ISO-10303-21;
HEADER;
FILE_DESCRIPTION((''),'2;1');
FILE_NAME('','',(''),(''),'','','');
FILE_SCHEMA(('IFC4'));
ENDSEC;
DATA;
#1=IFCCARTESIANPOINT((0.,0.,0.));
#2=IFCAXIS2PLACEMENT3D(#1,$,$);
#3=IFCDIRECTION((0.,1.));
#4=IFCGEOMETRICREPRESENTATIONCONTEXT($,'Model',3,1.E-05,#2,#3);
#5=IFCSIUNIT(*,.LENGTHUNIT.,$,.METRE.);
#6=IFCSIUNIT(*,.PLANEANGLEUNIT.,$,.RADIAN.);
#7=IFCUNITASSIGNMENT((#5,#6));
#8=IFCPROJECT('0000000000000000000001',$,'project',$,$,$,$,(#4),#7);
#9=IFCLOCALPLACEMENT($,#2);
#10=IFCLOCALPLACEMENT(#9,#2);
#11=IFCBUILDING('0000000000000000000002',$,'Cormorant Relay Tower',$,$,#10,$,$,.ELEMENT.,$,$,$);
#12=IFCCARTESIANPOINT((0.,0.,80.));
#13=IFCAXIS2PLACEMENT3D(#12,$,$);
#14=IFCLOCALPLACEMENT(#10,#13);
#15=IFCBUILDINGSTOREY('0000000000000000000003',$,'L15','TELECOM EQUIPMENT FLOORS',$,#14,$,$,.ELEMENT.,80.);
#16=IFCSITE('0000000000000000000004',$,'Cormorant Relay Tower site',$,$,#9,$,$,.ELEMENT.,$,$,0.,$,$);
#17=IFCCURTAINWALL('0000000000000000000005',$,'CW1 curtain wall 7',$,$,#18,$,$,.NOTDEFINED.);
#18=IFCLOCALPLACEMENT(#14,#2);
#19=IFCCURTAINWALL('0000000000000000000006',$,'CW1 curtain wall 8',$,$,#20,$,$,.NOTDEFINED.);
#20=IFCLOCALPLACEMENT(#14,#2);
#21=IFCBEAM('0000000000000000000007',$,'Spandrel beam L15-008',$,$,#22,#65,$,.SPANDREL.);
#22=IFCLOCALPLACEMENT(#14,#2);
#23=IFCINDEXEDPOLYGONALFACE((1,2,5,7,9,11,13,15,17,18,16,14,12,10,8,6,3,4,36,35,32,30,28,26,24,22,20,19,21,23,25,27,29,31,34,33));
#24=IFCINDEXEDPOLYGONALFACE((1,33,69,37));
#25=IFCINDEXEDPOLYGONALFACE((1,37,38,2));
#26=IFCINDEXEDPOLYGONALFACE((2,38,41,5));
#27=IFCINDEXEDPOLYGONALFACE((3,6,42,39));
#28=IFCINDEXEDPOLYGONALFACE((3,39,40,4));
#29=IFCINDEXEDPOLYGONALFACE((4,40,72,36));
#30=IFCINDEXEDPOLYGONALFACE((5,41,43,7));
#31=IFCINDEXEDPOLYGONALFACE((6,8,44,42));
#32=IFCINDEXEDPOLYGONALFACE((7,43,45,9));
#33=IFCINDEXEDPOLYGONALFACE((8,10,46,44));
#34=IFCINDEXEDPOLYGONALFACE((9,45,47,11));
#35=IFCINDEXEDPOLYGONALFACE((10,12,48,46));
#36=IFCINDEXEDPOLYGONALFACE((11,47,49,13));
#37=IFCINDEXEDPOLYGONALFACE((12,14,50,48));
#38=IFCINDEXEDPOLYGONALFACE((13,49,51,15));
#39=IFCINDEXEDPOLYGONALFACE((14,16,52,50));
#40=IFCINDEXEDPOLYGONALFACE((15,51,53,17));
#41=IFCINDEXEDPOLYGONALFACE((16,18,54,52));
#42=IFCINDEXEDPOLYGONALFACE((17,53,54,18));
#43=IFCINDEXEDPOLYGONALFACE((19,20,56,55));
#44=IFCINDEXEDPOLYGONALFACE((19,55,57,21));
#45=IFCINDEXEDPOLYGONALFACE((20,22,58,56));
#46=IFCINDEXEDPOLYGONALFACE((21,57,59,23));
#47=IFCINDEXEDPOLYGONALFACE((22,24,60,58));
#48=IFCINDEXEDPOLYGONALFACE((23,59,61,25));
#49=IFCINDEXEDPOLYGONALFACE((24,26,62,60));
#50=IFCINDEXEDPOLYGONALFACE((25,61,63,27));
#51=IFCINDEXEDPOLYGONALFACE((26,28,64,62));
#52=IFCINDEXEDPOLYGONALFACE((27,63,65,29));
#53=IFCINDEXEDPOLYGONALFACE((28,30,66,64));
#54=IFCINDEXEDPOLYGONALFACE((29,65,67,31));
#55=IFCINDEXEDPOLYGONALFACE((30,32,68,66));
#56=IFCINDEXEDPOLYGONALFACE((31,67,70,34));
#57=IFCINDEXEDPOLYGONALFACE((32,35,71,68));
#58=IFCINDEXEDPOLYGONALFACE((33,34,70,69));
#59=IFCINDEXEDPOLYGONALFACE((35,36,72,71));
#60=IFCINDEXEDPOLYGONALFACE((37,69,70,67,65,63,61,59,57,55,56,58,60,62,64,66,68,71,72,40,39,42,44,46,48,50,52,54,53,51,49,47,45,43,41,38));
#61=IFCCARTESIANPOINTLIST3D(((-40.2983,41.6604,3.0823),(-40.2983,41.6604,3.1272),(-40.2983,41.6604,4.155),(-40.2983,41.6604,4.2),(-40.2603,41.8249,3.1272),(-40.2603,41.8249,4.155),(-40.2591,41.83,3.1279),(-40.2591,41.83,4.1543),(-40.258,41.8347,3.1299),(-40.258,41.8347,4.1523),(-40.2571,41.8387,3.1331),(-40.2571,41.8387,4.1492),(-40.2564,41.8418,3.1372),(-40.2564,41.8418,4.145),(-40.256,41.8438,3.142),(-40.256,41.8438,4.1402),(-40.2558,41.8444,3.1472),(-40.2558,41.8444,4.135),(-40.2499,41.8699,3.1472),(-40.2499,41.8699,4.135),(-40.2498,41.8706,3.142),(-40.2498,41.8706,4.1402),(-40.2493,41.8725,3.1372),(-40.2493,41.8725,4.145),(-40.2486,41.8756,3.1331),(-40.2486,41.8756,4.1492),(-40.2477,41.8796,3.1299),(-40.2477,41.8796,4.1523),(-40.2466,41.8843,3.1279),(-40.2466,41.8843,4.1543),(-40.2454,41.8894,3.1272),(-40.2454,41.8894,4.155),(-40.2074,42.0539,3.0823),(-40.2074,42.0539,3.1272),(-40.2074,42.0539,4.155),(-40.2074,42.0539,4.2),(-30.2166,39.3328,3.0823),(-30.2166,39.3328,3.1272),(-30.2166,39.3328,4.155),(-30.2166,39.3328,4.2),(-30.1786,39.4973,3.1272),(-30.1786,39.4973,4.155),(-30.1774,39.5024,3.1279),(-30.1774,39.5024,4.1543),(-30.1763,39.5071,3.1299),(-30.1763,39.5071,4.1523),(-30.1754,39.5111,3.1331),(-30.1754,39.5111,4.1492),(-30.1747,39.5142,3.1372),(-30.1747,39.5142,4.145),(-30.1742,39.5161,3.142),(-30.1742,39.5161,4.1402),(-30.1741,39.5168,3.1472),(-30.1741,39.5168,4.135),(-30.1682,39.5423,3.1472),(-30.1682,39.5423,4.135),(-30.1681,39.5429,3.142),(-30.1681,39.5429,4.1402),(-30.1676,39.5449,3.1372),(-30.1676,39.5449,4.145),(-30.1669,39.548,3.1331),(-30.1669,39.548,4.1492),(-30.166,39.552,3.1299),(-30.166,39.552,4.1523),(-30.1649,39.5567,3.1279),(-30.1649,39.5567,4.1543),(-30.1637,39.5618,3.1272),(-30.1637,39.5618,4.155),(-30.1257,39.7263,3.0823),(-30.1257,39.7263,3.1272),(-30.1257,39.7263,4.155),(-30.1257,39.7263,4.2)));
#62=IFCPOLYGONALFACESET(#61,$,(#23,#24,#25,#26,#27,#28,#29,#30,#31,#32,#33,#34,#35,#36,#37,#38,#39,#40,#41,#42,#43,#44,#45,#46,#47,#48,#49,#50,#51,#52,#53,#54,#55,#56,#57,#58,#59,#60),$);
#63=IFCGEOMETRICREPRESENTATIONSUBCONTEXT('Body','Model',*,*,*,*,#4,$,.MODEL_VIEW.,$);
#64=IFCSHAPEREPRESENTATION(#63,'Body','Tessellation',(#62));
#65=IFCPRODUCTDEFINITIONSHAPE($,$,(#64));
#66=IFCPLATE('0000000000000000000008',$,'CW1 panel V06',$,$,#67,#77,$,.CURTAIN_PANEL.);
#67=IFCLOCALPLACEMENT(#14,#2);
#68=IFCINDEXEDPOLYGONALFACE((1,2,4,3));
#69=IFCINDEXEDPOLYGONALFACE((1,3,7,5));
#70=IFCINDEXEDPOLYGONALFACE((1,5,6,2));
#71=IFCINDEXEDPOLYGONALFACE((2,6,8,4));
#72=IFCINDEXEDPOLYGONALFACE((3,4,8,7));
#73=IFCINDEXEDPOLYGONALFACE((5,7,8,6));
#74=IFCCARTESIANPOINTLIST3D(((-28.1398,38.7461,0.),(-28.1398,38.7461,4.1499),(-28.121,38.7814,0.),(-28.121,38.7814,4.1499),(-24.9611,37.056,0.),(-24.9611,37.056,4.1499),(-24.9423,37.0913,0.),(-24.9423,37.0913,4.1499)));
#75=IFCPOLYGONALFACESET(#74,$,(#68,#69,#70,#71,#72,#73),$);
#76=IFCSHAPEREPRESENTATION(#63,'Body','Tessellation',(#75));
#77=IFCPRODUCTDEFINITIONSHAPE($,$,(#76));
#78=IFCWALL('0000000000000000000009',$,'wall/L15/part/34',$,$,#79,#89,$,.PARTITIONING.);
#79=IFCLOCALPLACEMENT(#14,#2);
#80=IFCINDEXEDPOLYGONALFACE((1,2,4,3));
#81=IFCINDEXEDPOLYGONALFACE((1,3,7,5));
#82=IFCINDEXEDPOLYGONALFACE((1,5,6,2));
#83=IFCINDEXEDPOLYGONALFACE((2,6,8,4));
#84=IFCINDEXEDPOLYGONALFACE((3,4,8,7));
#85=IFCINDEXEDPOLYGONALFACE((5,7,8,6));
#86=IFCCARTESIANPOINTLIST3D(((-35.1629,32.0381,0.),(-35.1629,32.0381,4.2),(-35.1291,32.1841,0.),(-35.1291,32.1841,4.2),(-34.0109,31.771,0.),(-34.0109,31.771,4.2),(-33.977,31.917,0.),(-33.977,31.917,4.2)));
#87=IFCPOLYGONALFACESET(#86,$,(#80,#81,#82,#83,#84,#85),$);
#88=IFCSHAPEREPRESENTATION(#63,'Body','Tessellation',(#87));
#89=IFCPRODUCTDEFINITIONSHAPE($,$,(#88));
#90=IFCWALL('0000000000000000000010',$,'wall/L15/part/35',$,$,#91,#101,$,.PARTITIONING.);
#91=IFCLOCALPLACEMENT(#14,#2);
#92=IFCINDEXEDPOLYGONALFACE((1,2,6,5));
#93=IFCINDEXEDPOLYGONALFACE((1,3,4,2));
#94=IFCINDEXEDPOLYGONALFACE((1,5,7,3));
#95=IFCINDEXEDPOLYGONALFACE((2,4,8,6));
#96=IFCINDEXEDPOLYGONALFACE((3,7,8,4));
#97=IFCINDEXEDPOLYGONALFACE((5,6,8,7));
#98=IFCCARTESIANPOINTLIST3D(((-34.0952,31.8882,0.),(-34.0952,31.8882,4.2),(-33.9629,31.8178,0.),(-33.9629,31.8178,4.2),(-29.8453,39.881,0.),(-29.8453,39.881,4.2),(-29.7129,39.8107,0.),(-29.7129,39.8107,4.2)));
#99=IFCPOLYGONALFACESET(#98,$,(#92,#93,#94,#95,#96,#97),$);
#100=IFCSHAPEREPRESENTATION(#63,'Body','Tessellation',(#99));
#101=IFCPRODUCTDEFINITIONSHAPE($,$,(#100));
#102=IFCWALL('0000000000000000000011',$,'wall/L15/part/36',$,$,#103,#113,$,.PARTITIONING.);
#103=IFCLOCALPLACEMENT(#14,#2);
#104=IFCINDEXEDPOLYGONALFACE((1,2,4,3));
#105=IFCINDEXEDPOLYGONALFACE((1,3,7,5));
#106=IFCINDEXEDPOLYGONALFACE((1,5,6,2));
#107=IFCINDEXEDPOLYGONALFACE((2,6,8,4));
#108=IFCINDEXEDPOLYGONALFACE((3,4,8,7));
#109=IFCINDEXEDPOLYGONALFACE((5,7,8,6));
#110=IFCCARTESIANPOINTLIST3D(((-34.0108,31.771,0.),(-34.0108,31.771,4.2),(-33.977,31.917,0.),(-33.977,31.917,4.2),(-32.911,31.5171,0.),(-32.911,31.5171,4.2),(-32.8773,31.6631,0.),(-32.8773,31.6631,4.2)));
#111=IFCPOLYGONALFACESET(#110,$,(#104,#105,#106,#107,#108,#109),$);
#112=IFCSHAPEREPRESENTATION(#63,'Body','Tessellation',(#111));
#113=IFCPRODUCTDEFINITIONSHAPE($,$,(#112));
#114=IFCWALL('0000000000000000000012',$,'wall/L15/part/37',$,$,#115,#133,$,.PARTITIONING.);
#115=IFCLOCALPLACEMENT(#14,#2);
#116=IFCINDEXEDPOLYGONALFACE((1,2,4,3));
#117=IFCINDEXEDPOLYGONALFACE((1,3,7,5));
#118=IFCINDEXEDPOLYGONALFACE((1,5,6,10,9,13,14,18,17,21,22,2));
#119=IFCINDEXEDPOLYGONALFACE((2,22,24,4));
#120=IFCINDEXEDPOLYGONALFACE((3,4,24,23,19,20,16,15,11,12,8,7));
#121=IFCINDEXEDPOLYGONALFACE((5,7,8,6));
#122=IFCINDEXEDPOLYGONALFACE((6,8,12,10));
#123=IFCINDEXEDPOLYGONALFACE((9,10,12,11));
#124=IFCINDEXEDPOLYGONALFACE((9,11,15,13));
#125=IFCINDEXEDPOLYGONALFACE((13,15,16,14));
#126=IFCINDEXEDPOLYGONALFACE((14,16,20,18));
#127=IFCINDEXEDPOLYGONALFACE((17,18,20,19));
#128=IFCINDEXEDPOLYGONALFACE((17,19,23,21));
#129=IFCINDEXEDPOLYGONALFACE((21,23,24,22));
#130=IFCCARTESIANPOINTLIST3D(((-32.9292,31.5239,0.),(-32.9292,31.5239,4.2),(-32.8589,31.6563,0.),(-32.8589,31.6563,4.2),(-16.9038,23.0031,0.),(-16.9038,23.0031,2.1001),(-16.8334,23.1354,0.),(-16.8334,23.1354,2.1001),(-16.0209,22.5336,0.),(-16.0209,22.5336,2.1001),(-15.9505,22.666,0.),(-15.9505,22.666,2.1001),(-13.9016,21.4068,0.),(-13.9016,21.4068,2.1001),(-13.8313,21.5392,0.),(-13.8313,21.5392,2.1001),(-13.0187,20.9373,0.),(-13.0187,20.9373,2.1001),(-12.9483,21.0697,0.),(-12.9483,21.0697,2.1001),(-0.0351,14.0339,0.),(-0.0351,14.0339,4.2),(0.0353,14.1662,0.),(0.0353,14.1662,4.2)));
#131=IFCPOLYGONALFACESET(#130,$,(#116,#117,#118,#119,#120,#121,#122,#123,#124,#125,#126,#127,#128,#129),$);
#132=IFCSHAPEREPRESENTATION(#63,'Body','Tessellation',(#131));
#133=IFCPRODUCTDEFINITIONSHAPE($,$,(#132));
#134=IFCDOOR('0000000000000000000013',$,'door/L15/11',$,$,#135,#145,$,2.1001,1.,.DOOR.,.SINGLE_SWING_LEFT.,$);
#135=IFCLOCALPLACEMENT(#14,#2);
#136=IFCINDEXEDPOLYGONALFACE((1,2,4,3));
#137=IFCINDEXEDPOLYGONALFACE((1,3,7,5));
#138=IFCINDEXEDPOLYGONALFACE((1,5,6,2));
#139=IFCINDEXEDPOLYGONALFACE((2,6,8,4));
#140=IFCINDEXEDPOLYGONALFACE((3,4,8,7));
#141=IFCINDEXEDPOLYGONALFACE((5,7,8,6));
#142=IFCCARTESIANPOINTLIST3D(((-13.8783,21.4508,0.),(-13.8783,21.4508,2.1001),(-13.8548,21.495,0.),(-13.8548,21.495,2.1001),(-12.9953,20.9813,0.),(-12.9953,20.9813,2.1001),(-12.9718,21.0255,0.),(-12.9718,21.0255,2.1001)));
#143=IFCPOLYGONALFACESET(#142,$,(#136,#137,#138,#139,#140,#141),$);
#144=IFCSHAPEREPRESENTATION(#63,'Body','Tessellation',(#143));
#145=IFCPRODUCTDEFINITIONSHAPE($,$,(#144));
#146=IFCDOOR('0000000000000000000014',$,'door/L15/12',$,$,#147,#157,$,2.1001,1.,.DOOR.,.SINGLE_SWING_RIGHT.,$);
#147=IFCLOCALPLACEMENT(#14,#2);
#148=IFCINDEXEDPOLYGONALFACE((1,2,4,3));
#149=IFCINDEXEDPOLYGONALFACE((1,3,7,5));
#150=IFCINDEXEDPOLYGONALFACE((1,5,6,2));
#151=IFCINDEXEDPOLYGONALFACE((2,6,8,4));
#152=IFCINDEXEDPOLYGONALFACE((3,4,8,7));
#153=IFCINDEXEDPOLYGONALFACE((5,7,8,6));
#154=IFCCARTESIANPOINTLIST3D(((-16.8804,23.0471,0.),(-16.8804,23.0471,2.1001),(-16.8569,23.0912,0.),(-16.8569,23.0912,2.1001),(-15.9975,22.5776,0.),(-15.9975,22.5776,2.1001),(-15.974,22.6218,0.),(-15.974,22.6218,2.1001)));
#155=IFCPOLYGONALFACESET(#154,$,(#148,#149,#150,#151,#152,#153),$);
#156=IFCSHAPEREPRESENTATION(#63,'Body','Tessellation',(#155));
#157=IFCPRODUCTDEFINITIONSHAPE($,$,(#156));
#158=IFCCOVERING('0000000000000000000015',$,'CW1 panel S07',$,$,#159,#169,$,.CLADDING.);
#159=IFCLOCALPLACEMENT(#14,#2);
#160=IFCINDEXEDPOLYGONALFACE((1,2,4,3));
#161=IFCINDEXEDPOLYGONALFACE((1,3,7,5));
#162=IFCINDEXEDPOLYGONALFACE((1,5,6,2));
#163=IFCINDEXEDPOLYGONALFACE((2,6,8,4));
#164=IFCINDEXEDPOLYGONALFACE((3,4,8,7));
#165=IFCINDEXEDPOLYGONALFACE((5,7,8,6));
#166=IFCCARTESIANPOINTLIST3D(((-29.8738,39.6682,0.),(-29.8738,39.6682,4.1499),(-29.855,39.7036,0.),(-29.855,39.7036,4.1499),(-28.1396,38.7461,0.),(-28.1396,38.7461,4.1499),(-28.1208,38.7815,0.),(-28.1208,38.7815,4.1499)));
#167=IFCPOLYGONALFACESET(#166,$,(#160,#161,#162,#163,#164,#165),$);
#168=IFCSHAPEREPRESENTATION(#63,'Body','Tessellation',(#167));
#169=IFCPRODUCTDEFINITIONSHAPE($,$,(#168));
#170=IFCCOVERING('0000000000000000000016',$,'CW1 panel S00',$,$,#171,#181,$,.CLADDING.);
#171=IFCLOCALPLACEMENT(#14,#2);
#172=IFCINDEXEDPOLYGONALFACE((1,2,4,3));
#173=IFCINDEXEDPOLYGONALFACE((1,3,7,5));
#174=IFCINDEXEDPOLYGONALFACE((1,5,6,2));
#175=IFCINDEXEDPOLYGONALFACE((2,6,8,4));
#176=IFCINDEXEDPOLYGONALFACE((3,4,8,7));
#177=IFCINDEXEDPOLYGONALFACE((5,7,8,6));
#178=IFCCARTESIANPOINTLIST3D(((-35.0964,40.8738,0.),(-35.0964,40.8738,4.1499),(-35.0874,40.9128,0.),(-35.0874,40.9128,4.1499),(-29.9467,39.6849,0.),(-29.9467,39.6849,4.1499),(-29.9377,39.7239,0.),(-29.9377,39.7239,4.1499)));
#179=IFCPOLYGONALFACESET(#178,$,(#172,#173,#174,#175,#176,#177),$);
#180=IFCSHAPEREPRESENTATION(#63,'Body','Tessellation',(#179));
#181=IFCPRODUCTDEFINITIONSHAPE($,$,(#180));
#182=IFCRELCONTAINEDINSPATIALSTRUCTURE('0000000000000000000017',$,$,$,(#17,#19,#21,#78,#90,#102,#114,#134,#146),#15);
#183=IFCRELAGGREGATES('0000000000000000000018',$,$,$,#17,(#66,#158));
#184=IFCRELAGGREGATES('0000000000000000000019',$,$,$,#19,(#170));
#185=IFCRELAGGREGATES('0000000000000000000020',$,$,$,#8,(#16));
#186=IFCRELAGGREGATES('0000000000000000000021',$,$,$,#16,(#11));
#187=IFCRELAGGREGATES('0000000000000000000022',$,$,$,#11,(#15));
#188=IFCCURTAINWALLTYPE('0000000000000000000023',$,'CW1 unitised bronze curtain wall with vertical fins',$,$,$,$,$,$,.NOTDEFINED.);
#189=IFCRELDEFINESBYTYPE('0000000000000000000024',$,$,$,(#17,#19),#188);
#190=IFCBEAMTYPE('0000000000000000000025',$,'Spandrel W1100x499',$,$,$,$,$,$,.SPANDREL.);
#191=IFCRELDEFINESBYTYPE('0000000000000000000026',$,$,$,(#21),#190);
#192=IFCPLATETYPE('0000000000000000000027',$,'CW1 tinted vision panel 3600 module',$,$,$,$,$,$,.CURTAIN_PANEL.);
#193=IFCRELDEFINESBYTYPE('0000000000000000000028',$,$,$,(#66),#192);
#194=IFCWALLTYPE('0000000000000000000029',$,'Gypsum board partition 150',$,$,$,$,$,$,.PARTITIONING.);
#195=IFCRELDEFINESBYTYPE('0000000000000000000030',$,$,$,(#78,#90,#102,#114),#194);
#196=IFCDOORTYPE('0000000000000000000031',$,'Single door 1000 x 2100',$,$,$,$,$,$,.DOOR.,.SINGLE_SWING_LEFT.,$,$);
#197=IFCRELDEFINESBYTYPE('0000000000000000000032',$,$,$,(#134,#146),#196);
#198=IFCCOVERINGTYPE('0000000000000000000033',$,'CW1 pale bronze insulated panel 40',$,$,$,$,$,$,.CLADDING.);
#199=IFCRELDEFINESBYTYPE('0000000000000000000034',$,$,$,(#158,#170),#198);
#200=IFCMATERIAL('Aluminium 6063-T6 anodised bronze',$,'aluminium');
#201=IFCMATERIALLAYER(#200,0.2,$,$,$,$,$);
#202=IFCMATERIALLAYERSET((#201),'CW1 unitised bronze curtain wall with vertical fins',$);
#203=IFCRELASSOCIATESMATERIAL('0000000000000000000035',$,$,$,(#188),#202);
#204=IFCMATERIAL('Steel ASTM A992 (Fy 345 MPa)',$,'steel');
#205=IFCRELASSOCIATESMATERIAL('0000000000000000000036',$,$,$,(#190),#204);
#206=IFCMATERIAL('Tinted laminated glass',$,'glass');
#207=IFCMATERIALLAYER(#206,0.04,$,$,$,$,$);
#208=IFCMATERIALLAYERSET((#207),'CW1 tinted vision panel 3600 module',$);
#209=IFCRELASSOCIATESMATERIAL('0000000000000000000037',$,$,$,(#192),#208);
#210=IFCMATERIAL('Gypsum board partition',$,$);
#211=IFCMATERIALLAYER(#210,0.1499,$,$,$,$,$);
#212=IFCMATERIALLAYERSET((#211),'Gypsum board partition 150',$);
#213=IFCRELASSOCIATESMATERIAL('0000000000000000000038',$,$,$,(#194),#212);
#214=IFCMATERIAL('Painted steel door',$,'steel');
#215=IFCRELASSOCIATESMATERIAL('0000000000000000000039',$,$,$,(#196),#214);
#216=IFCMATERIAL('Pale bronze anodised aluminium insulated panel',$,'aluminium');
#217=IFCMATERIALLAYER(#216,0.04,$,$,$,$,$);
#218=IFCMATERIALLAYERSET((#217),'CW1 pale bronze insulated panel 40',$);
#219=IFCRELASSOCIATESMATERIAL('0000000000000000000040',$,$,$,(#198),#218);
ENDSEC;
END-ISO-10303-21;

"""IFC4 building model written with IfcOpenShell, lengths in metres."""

from ifc_helpers import new_model, si_unit, direction, frame, frame_2d, origin, origin_2d, place, context, subcontext, project, spatial, rectangle, i_section, extrude, material, layer, layer_set, material_profile, profile_set, type_object, element, fill, aggregate, save


model = new_model("IFC4")

# Units and contexts
model_context = context("Model", 3, precision=1e-05, world=origin(), true_north=direction((0.0, 1.0)))
body_context = subcontext(model_context, "Body", "Model", "MODEL_VIEW")
ifc_project = project(units=[si_unit("LENGTHUNIT", "METRE"), si_unit("PLANEANGLEUNIT", "RADIAN")], contexts=[model_context])

# Site, building, storey
site_placement = place(None, origin())
site = spatial("IfcSite", under=ifc_project, at=site_placement, Name="Cormorant Relay Tower site", CompositionType="ELEMENT", RefElevation=0.0)
building_placement = place(site_placement, origin())
building = spatial("IfcBuilding", under=site, at=building_placement, Name="Cormorant Relay Tower", CompositionType="ELEMENT")
storey_placement = place(building_placement, frame((0.0, 0.0, 80.0)))
storey = spatial("IfcBuildingStorey", under=building, at=storey_placement, Name="L15", Description="TELECOM EQUIPMENT FLOORS", CompositionType="ELEMENT", Elevation=80.0)

# Curtain wall
ifc_material_1 = material(Name="Aluminium 6063-T6 anodised bronze", Category="aluminium")
ifc_layer_1 = layer(ifc_material_1, 0.2)
ifc_layer_set_1 = layer_set([ifc_layer_1], Name="CW1 unitised bronze curtain wall with vertical fins")
curtain_wall_type = type_object("IfcCurtainWallType", Name="CW1 unitised bronze curtain wall with vertical fins", PredefinedType="NOTDEFINED", material=ifc_layer_set_1)
curtain_wall_1_placement = place(storey_placement, origin())
curtain_wall_1 = element("IfcCurtainWall", 1, at=curtain_wall_1_placement, inside=storey, type_object=curtain_wall_type, Name="CW1 curtain wall 7", PredefinedType="NOTDEFINED")

# Curtain wall
curtain_wall_2_placement = place(storey_placement, origin())
curtain_wall_2 = element("IfcCurtainWall", 2, at=curtain_wall_2_placement, inside=storey, type_object=curtain_wall_type, Name="CW1 curtain wall 8", PredefinedType="NOTDEFINED")

# Beam
ifc_material_2 = material(Name="Steel ASTM A992 (Fy 345 MPa)", Category="steel")
ifc_material_profile_1 = material_profile(ifc_material_2, i_section(OverallWidth=0.4038, OverallDepth=1.1177, WebThickness=0.0261, FlangeThickness=0.0449, FilletRadius=0.02, at=origin_2d()), Name="W1100x499")
ifc_profile_set_1 = profile_set([ifc_material_profile_1], Name="Steel ASTM A992 (Fy 345 MPa)")
beam_type = type_object("IfcBeamType", Name="Spandrel W1100x499", PredefinedType="SPANDREL", material=ifc_profile_set_1)
beam_placement = place(storey_placement, frame((-30.1711, 39.5295, 3.6411), z_axis=(-0.974369, 0.224958, 0.0), x_axis=(-0.224958, -0.974369, 0.0)))
element("IfcBeam", 3, at=beam_placement, inside=storey, type_object=beam_type, Name="Spandrel beam L15-008", PredefinedType="SPANDREL", context=body_context, shape_type="SweptSolid", body=[
    extrude(i_section(OverallWidth=0.4038, OverallDepth=1.1177, WebThickness=0.0261, FlangeThickness=0.0449, FilletRadius=0.02, at=origin_2d()), origin(), (0.0, 0.0, 1.0), 10.3469),
])

# Plate
ifc_material_3 = material(Name="Tinted laminated glass", Category="glass")
ifc_layer_2 = layer(ifc_material_3, 0.04)
ifc_layer_set_2 = layer_set([ifc_layer_2], Name="CW1 tinted vision panel 3600 module")
plate_type = type_object("IfcPlateType", Name="CW1 tinted vision panel 3600 module", PredefinedType="CURTAIN_PANEL", material=ifc_layer_set_2)
plate_placement = place(storey_placement, frame((-26.541, 37.9187, 0.0), z_axis=(0.0, 0.0, 1.0), x_axis=(-0.882948, 0.469472, 0.0)))
plate = element("IfcPlate", 4, at=plate_placement, type_object=plate_type, Name="CW1 panel V06", PredefinedType="CURTAIN_PANEL", context=body_context, shape_type="SweptSolid", body=[
    extrude(rectangle(XDim=3.6001, YDim=0.04, at=origin_2d()), origin(), (0.0, 0.0, 1.0), 4.1499),
])

# Walls
ifc_material_4 = material(Name="Gypsum board partition")
ifc_layer_3 = layer(ifc_material_4, 0.1499)
ifc_layer_set_3 = layer_set([ifc_layer_3], Name="Gypsum board partition 150")
wall_type = type_object("IfcWallType", Name="Gypsum board partition 150", PredefinedType="PARTITIONING", material=ifc_layer_set_3)
wall_1_placement = place(storey_placement, frame((-35.146, 32.1111, 0.0), z_axis=(0.0, 0.0, 1.0), x_axis=(0.974165, -0.225839, 0.0)))
element("IfcWall", 5, at=wall_1_placement, inside=storey, type_object=wall_type, Name="wall/L15/part/34", PredefinedType="PARTITIONING", context=body_context, shape_type="SweptSolid", body=[
    extrude(rectangle(XDim=1.1826, YDim=0.1499, at=frame_2d((0.5913, 0.0))), origin(), (0.0, 0.0, 1.0), 4.2),
])
wall_2_placement = place(storey_placement, frame((-29.7791, 39.8459, 0.0), z_axis=(0.0, 0.0, 1.0), x_axis=(-0.469479, -0.882944, 0.0)))
element("IfcWall", 6, at=wall_2_placement, inside=storey, type_object=wall_type, Name="wall/L15/part/35", PredefinedType="PARTITIONING", context=body_context, shape_type="SweptSolid", body=[
    extrude(rectangle(XDim=9.0525, YDim=0.1499, at=frame_2d((4.5264, 0.0))), origin(), (0.0, 0.0, 1.0), 4.2),
])
wall_3_placement = place(storey_placement, frame((-32.894, 31.5901, 0.0), z_axis=(0.0, 0.0, 1.0), x_axis=(-0.974373, 0.224938, 0.0)))
element("IfcWall", 7, at=wall_3_placement, inside=storey, type_object=wall_type, Name="wall/L15/part/36", PredefinedType="PARTITIONING", context=body_context, shape_type="SweptSolid", body=[
    extrude(rectangle(XDim=1.1287, YDim=0.1499, at=frame_2d((0.5645, 0.0))), origin(), (0.0, 0.0, 1.0), 4.2),
])

# Wall, openings, doors
wall_4_placement = place(storey_placement, frame((-32.894, 31.5901, 0.0), z_axis=(0.0, 0.0, 1.0), x_axis=(0.882949, -0.46947, 0.0)))
wall_4 = element("IfcWall", 8, at=wall_4_placement, inside=storey, type_object=wall_type, Name="wall/L15/part/37", PredefinedType="PARTITIONING", context=body_context, shape_type="SweptSolid", body=[
    extrude(rectangle(XDim=37.2549, YDim=0.1499, at=frame_2d((18.6274, 0.0))), origin(), (0.0, 0.0, 1.0), 4.2),
])
opening_1_placement = place(wall_4_placement, frame((21.55, 0.0, 0.0)))
opening_1 = element("IfcOpeningElement", 9, at=opening_1_placement, cuts=wall_4, PredefinedType="OPENING", context=body_context, shape_type="SweptSolid", body=[
    extrude(rectangle(XDim=1.0, YDim=2.1001, at=frame_2d((0.5, 1.05))), frame((0.0, 0.085, 0.0), z_axis=(0.0, -1.0, 0.0), x_axis=(1.0, 0.0, 0.0)), (0.0, 0.0, 1.0), 0.1699),
])
opening_2_placement = place(wall_4_placement, frame((18.1499, 0.0, 0.0)))
opening_2 = element("IfcOpeningElement", 10, at=opening_2_placement, cuts=wall_4, PredefinedType="OPENING", context=body_context, shape_type="SweptSolid", body=[
    extrude(rectangle(XDim=1.0, YDim=2.1001, at=frame_2d((0.5, 1.05))), frame((0.0, 0.085, 0.0), z_axis=(0.0, -1.0, 0.0), x_axis=(1.0, 0.0, 0.0)), (0.0, 0.0, 1.0), 0.1699),
])
ifc_material_5 = material(Name="Painted steel door", Category="steel")
door_type = type_object("IfcDoorType", Name="Single door 1000 x 2100", OperationType="SINGLE_SWING_LEFT", PredefinedType="DOOR", material=ifc_material_5)
door_1_placement = place(opening_1_placement, origin())
door_1 = element("IfcDoor", 11, at=door_1_placement, inside=storey, type_object=door_type, Name="door/L15/11", OperationType="SINGLE_SWING_LEFT", OverallHeight=2.1001, OverallWidth=1.0, PredefinedType="DOOR", context=body_context, shape_type="SweptSolid", body=[
    extrude(rectangle(XDim=1.0, YDim=2.1001, at=frame_2d((0.5, 1.05))), frame((0.0, 0.0249, 0.0), z_axis=(0.0, -1.0, 0.0), x_axis=(1.0, 0.0, 0.0)), (0.0, 0.0, 1.0), 0.05),
])
fill(opening_1, door_1)
door_2_placement = place(opening_2_placement, origin())
door_2 = element("IfcDoor", 12, at=door_2_placement, inside=storey, type_object=door_type, Name="door/L15/12", OperationType="SINGLE_SWING_RIGHT", OverallHeight=2.1001, OverallWidth=1.0, PredefinedType="DOOR", context=body_context, shape_type="SweptSolid", body=[
    extrude(rectangle(XDim=1.0, YDim=2.1001, at=frame_2d((0.5, 1.05))), frame((0.0, 0.0249, 0.0), z_axis=(0.0, -1.0, 0.0), x_axis=(1.0, 0.0, 0.0)), (0.0, 0.0, 1.0), 0.05),
])
fill(opening_2, door_2)

# Coverings
ifc_material_6 = material(Name="Pale bronze anodised aluminium insulated panel", Category="aluminium")
ifc_layer_4 = layer(ifc_material_6, 0.04)
ifc_layer_set_4 = layer_set([ifc_layer_4], Name="CW1 pale bronze insulated panel 40")
covering_type = type_object("IfcCoveringType", Name="CW1 pale bronze insulated panel 40", PredefinedType="CLADDING", material=ifc_layer_set_4)
covering_1_placement = place(storey_placement, frame((-28.9973, 39.2249, 0.0), z_axis=(0.0, 0.0, 1.0), x_axis=(-0.882948, 0.469472, 0.0)))
covering_1 = element("IfcCovering", 13, at=covering_1_placement, type_object=covering_type, Name="CW1 panel S07", PredefinedType="CLADDING", context=body_context, shape_type="SweptSolid", body=[
    extrude(rectangle(XDim=1.9641, YDim=0.04, at=origin_2d()), origin(), (0.0, 0.0, 1.0), 4.1499),
])
aggregate(curtain_wall_1, [plate, covering_1])
covering_2_placement = place(storey_placement, frame((-32.5171, 40.2988, 0.0), z_axis=(0.0, 0.0, 1.0), x_axis=(-0.97437, 0.224951, 0.0)))
covering_2 = element("IfcCovering", 14, at=covering_2_placement, type_object=covering_type, Name="CW1 panel S00", PredefinedType="CLADDING", context=body_context, shape_type="SweptSolid", body=[
    extrude(rectangle(XDim=5.2852, YDim=0.04, at=origin_2d()), origin(), (0.0, 0.0, 1.0), 4.1499),
])
aggregate(curtain_wall_2, [covering_2])

save(model, "model.ifc")
